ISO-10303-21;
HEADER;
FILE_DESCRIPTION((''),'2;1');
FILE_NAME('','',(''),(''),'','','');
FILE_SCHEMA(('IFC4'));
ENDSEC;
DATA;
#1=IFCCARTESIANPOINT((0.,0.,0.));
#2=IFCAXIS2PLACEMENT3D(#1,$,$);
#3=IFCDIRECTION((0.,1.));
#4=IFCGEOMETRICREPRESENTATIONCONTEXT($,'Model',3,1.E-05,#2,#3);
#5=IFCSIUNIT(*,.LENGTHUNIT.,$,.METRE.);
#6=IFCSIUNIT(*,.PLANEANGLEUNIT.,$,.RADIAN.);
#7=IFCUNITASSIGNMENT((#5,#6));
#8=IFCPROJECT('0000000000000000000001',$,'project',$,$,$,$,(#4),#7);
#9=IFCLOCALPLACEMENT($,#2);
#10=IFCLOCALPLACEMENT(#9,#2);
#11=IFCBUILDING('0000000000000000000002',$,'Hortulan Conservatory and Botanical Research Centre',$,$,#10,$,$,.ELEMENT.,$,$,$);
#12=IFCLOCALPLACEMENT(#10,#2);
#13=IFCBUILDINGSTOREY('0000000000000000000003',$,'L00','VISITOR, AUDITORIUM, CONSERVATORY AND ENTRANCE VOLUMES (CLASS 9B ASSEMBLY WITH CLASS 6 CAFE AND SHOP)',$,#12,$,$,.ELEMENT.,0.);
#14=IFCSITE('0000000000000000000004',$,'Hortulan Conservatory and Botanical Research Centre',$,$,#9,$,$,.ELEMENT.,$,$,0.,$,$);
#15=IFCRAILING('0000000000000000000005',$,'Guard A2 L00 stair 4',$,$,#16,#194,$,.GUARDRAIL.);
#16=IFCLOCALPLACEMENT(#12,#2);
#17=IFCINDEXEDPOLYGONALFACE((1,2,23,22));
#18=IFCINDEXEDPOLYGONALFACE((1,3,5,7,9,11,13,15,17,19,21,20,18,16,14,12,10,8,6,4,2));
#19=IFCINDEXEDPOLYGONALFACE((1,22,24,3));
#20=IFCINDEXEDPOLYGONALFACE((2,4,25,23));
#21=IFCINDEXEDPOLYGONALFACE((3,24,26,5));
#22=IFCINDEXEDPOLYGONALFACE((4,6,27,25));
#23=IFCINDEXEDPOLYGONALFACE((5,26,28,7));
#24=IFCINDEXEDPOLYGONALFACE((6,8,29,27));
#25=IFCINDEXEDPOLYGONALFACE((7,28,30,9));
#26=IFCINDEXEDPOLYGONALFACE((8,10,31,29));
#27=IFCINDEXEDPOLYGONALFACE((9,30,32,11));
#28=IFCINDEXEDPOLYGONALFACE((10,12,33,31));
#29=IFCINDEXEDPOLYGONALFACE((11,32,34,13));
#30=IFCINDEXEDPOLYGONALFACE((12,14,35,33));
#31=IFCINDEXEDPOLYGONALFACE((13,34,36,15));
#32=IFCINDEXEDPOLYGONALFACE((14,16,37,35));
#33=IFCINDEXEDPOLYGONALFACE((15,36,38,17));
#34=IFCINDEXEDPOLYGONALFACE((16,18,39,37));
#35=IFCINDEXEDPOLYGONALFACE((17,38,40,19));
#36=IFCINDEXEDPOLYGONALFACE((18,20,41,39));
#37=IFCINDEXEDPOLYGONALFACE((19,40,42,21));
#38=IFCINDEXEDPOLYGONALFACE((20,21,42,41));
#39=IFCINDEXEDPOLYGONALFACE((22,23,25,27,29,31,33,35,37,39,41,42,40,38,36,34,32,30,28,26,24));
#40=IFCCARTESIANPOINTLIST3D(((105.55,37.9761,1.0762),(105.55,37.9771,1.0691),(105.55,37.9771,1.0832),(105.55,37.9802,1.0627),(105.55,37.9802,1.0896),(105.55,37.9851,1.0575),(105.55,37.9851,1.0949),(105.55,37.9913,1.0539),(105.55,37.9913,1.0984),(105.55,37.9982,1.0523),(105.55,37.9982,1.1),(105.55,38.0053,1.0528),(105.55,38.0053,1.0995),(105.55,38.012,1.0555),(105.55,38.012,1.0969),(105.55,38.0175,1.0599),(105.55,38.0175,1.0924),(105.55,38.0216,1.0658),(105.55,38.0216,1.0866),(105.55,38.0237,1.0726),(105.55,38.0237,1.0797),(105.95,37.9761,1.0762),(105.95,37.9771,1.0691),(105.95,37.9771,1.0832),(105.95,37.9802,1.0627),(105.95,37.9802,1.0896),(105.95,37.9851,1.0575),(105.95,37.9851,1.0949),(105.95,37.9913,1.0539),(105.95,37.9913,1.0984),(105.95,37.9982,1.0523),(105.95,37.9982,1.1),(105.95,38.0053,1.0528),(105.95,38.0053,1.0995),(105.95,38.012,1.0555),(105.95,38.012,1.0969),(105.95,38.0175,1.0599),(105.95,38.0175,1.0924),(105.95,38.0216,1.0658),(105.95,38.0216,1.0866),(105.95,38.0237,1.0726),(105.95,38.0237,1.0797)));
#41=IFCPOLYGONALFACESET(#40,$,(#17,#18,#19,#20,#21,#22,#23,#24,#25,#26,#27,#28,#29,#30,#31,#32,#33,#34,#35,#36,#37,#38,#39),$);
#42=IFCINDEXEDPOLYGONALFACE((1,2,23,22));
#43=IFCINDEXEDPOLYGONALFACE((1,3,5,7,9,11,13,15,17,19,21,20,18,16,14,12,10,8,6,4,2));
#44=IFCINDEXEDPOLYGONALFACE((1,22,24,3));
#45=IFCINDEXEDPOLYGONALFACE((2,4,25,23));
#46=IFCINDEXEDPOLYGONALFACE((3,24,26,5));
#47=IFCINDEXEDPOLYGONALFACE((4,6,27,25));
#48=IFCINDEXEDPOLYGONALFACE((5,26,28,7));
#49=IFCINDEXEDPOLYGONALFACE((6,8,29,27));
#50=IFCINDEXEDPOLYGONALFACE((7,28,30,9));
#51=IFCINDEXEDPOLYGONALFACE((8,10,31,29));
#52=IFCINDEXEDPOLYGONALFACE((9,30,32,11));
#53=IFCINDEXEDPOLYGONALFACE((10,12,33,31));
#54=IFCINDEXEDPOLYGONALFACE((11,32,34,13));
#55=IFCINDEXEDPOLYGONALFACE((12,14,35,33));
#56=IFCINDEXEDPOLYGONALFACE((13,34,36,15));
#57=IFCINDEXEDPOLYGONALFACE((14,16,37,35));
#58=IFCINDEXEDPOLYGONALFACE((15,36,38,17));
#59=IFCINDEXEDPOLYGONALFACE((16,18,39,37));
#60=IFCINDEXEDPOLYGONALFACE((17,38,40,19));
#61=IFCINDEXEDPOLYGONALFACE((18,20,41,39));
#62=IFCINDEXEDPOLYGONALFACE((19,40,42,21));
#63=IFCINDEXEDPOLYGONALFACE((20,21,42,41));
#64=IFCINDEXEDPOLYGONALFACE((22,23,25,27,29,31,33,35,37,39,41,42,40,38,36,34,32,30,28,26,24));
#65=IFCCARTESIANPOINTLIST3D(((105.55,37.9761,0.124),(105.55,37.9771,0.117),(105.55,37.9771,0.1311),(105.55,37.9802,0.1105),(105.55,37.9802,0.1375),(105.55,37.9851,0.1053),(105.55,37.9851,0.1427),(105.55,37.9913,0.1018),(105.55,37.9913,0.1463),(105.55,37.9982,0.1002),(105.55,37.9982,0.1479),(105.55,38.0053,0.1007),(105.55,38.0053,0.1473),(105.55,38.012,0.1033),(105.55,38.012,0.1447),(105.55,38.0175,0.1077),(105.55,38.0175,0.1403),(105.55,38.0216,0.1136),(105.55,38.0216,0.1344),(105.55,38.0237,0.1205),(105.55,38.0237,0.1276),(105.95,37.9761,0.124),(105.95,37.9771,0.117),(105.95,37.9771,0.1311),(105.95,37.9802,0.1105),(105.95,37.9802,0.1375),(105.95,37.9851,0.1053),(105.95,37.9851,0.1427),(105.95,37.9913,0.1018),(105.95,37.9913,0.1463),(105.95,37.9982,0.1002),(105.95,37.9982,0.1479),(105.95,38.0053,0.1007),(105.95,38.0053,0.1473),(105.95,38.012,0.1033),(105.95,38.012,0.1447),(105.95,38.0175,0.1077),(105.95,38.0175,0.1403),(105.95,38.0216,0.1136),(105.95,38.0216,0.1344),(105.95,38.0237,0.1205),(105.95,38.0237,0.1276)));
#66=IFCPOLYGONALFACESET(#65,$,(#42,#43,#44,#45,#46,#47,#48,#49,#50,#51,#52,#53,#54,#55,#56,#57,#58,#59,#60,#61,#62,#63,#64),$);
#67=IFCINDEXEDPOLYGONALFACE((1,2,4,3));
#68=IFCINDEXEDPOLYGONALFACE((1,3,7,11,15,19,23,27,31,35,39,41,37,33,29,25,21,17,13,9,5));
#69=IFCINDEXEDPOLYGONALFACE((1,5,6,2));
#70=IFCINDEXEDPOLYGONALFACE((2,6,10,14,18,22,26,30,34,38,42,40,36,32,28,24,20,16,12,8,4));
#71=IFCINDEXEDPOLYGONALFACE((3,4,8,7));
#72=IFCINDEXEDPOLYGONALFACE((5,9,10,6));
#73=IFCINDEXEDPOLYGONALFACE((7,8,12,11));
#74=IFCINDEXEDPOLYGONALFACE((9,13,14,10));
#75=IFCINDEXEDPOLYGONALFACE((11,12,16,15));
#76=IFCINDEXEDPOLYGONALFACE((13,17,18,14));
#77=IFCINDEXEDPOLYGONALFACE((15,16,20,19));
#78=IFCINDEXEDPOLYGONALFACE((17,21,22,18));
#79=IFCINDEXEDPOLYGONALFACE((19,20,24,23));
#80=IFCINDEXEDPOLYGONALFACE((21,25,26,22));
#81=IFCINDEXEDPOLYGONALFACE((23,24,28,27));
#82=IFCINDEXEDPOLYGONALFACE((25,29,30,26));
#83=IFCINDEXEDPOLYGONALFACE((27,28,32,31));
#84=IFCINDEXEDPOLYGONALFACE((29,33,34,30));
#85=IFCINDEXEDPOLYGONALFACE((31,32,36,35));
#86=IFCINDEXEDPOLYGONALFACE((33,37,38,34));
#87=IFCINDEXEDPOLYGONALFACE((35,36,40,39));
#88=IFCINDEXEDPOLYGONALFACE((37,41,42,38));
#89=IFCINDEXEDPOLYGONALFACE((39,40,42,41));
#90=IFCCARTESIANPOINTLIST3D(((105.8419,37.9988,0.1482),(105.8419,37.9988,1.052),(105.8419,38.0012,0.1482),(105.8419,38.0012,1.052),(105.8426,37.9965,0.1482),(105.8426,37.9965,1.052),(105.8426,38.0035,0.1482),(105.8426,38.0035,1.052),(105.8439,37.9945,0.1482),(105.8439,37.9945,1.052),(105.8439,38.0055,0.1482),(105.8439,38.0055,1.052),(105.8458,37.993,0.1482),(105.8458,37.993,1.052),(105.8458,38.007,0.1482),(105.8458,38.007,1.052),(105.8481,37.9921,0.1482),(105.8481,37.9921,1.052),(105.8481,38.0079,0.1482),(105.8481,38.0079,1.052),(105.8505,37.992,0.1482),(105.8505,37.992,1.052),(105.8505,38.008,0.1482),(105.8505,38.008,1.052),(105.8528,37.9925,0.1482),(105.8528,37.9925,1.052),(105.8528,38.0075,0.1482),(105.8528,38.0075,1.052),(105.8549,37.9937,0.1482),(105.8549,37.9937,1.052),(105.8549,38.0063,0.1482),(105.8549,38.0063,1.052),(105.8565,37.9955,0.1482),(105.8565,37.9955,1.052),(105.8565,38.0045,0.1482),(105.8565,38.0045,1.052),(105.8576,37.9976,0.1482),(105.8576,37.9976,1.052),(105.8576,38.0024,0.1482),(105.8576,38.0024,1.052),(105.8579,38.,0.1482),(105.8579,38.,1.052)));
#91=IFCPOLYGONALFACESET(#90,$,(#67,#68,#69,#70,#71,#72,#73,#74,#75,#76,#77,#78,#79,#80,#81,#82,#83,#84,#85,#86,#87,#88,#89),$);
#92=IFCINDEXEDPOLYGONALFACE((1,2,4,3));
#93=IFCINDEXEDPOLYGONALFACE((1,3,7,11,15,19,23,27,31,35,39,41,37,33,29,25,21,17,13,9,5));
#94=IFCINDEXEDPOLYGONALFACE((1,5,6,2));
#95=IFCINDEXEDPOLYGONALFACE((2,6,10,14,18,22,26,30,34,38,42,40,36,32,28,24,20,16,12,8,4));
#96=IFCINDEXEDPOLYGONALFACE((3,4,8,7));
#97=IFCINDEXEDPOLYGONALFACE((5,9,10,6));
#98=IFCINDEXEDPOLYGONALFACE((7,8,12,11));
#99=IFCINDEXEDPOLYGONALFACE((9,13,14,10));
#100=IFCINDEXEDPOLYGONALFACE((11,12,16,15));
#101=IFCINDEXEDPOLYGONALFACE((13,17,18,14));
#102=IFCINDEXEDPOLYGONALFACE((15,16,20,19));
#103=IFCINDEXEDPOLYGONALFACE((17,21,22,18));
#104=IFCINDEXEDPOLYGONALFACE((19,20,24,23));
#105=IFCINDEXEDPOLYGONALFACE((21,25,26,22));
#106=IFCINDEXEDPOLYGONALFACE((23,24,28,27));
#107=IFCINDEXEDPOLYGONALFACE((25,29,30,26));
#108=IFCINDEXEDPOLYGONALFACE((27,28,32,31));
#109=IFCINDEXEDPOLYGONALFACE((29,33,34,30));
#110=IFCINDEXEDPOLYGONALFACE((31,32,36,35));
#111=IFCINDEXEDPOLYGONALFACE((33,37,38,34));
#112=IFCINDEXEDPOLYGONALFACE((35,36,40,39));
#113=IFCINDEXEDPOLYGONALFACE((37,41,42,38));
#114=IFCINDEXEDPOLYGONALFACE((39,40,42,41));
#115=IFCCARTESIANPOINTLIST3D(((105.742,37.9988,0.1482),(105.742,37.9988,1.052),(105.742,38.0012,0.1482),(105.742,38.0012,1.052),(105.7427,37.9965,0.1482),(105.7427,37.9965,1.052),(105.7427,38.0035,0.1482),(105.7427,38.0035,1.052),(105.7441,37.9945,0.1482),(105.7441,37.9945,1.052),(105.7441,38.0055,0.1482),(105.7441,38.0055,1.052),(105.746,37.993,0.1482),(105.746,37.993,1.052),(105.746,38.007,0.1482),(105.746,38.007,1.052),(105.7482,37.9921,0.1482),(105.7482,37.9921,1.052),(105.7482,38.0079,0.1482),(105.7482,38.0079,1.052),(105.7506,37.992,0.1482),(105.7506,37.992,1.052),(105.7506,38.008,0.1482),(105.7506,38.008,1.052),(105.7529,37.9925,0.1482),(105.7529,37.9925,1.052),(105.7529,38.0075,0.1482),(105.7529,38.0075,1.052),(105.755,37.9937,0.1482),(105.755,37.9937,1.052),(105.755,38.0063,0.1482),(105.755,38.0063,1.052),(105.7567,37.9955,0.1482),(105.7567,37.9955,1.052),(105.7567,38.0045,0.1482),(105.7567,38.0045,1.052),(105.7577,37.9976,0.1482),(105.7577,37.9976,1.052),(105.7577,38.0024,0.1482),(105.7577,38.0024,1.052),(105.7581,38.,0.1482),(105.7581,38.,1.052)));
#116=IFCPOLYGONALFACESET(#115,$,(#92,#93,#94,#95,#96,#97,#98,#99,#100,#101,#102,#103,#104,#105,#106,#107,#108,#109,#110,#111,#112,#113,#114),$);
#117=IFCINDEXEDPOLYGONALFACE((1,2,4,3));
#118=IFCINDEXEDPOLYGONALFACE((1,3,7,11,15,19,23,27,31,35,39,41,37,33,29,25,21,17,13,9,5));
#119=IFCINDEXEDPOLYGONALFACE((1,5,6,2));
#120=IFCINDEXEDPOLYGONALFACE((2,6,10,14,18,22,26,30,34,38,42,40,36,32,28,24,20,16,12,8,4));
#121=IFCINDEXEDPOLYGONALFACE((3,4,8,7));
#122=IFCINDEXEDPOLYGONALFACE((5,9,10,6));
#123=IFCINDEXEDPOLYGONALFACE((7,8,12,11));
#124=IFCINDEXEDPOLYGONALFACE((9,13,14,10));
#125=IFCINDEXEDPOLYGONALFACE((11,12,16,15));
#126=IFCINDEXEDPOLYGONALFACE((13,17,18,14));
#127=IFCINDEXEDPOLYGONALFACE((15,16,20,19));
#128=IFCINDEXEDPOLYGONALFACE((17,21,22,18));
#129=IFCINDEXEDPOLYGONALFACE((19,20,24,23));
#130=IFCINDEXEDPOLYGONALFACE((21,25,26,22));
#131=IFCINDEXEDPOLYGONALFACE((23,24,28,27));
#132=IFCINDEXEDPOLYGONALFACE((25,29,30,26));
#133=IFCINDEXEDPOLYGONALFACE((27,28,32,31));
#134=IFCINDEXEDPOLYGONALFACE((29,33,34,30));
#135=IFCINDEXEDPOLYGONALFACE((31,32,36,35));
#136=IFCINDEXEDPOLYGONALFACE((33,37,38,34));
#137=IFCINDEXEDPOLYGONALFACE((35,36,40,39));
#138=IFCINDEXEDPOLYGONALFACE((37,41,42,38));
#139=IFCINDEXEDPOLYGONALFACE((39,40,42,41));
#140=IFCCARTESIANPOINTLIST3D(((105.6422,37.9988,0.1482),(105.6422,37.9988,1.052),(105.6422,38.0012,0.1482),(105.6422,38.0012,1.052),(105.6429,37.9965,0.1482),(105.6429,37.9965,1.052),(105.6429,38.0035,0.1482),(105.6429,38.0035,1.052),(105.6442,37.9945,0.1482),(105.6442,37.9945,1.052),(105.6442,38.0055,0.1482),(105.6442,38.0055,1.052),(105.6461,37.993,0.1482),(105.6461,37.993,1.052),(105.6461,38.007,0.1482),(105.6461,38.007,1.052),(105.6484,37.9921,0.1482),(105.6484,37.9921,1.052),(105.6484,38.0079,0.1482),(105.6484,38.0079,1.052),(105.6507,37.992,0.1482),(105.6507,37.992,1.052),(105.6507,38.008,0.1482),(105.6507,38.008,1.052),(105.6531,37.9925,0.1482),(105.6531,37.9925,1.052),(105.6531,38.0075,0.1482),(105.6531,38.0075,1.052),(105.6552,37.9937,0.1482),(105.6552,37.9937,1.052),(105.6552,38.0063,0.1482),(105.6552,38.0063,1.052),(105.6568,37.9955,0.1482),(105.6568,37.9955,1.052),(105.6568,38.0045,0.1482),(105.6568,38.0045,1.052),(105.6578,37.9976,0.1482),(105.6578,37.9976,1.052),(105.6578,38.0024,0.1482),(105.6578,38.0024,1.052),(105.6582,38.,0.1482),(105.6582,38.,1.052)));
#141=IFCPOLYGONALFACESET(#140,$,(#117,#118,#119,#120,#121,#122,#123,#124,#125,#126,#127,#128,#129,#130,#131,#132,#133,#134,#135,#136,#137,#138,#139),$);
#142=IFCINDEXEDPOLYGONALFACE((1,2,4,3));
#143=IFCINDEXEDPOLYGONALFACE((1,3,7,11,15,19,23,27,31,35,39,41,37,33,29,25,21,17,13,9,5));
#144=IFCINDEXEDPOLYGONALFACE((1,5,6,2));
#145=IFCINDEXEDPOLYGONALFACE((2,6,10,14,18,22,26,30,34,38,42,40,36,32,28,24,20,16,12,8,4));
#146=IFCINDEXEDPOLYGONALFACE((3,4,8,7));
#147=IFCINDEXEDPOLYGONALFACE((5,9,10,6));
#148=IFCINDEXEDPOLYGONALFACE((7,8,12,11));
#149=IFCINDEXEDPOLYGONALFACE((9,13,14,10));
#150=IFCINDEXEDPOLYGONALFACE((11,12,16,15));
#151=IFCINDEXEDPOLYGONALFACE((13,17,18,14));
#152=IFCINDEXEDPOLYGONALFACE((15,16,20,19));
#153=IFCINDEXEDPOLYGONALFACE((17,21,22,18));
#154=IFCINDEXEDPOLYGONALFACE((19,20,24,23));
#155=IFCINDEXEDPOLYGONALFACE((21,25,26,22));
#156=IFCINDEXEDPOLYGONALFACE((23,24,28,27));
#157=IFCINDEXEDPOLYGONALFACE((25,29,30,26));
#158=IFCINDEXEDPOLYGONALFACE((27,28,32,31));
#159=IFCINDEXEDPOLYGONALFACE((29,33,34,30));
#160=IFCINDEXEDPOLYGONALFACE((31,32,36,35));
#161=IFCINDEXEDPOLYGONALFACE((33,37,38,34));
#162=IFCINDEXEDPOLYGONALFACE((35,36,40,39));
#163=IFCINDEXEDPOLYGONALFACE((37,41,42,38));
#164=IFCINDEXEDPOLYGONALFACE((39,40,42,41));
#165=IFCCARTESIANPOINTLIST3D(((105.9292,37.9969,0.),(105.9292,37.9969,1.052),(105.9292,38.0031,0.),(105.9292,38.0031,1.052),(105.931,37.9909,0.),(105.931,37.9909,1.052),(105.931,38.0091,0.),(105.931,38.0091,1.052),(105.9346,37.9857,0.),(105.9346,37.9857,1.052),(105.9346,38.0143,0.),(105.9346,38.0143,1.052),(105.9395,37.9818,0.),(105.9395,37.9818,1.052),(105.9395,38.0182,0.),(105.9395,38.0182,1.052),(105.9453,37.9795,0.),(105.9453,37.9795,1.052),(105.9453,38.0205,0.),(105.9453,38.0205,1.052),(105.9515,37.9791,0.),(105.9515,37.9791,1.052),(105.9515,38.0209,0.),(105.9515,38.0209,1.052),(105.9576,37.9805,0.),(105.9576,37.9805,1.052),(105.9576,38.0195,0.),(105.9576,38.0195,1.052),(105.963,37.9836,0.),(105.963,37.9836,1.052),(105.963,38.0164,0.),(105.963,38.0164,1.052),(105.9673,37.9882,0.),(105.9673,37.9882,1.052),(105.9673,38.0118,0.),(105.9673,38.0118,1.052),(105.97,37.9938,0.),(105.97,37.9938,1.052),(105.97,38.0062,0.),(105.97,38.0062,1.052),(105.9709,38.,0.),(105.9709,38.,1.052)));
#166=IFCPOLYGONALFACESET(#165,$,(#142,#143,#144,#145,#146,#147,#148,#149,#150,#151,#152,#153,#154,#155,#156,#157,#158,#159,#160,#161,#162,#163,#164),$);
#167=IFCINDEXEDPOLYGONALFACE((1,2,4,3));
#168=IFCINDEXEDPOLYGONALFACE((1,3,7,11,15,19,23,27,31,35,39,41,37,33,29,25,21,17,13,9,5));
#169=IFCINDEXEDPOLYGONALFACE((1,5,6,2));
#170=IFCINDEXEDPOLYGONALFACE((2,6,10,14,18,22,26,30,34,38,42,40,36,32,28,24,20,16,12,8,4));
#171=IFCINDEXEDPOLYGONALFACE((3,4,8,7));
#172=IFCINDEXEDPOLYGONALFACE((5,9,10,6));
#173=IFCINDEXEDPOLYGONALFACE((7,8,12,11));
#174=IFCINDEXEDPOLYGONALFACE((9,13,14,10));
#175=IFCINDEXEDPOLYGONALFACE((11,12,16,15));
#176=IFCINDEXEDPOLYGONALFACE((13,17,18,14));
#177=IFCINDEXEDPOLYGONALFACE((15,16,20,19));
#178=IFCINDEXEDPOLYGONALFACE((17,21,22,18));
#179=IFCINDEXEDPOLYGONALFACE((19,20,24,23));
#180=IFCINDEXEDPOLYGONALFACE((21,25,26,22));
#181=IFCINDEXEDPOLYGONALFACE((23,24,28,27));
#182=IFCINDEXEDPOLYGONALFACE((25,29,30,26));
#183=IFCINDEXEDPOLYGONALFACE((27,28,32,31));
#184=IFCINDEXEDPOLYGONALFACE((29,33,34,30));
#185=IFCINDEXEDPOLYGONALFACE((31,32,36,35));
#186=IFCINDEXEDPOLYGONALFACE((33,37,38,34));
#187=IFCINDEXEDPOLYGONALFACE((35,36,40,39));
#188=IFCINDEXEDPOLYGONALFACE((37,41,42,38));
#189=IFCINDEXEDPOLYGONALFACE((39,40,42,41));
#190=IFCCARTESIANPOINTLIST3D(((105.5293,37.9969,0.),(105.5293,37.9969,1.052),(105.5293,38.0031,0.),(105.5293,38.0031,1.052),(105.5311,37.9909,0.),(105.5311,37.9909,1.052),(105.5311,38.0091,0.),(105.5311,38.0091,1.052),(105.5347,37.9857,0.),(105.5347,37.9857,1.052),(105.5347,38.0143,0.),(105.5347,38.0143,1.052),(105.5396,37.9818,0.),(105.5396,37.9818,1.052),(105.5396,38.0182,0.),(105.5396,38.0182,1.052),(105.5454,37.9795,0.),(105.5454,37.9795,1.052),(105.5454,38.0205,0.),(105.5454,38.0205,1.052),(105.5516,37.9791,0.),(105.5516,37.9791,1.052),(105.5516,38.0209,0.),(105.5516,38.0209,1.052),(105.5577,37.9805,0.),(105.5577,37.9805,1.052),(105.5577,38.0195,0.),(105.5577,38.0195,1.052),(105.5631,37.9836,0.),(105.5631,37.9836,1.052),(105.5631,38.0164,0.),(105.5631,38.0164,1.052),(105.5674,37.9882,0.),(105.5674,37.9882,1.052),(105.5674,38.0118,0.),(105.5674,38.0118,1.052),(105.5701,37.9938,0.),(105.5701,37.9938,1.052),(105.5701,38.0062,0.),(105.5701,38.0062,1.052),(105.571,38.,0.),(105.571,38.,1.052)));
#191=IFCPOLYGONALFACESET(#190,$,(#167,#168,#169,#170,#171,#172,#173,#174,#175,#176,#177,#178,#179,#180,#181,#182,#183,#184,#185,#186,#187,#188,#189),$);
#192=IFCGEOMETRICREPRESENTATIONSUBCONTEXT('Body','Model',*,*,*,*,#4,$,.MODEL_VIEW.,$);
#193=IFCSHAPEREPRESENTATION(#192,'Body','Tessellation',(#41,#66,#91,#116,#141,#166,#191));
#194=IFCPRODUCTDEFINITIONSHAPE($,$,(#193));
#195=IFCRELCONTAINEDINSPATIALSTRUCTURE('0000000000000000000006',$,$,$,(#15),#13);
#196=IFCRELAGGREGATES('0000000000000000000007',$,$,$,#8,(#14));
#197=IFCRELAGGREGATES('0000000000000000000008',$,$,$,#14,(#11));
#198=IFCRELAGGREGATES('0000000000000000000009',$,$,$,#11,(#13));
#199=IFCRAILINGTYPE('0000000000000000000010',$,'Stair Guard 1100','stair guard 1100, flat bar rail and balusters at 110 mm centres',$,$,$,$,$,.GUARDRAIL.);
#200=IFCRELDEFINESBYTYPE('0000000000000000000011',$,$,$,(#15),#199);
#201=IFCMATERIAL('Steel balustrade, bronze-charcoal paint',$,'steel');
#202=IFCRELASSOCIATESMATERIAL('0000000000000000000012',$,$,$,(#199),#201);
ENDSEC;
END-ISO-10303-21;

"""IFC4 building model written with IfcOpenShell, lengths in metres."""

from ifc_helpers import new_model, si_unit, direction, frame, origin, origin_2d, place, context, subcontext, project, spatial, circle, extrude, material, type_object, element, save


model = new_model("IFC4")

# Units and contexts
model_context = context("Model", 3, precision=1e-05, world=origin(), true_north=direction((0.0, 1.0)))
body_context = subcontext(model_context, "Body", "Model", "MODEL_VIEW")
ifc_project = project(units=[si_unit("LENGTHUNIT", "METRE"), si_unit("PLANEANGLEUNIT", "RADIAN")], contexts=[model_context])

# Site, building, storey
site_placement = place(None, origin())
site = spatial("IfcSite", under=ifc_project, at=site_placement, Name="Hortulan Conservatory and Botanical Research Centre", CompositionType="ELEMENT", RefElevation=0.0)
building_placement = place(site_placement, origin())
building = spatial("IfcBuilding", under=site, at=building_placement, Name="Hortulan Conservatory and Botanical Research Centre", CompositionType="ELEMENT")
storey_placement = place(building_placement, origin())
storey = spatial("IfcBuildingStorey", under=building, at=storey_placement, Name="L00", Description="VISITOR, AUDITORIUM, CONSERVATORY AND ENTRANCE VOLUMES (CLASS 9B ASSEMBLY WITH CLASS 6 CAFE AND SHOP)", CompositionType="ELEMENT", Elevation=0.0)

# Railing
ifc_material_1 = material(Name="Steel balustrade, bronze-charcoal paint", Category="steel")
railing_type_1 = type_object("IfcRailingType", Name="Stair Guard 1100", Description="stair guard 1100, flat bar rail and balusters at 110 mm centres", PredefinedType="GUARDRAIL", material=ifc_material_1)
railing_1_placement = place(storey_placement, frame((105.95, 38.0, 0.0)))
element("IfcRailing", 1, at=railing_1_placement, inside=storey, type_object=railing_type_1, Name="Guard A2 L00 stair 4", PredefinedType="GUARDRAIL", context=body_context, shape_type="SweptSolid", body=[
    extrude(circle(Radius=0.0239, at=origin_2d()), frame((0.0, 0.0, 1.0762), z_axis=(-1.0, 0.0, 0.0), x_axis=(0.0, -1.0, 0.0)), (0.0, 0.0, 1.0), 0.3999),
    extrude(circle(Radius=0.0239, at=origin_2d()), frame((0.0, 0.0, 0.124), z_axis=(-1.0, 0.0, 0.0), x_axis=(0.0, -1.0, 0.0)), (0.0, 0.0, 1.0), 0.3999),
    extrude(circle(Radius=0.0081, at=origin_2d()), frame((-0.1001, 0.0, 0.1482)), (0.0, 0.0, 1.0), 0.9038),
    extrude(circle(Radius=0.0081, at=origin_2d()), frame((-0.2, 0.0, 0.1482)), (0.0, 0.0, 1.0), 0.9038),
    extrude(circle(Radius=0.0081, at=origin_2d()), frame((-0.2998, 0.0, 0.1482)), (0.0, 0.0, 1.0), 0.9038),
    extrude(circle(Radius=0.021, at=origin_2d()), origin(), (0.0, 0.0, 1.0), 1.052),
    extrude(circle(Radius=0.021, at=origin_2d()), frame((-0.3999, 0.0, 0.0)), (0.0, 0.0, 1.0), 1.052),
])

save(model, "model.ifc")
